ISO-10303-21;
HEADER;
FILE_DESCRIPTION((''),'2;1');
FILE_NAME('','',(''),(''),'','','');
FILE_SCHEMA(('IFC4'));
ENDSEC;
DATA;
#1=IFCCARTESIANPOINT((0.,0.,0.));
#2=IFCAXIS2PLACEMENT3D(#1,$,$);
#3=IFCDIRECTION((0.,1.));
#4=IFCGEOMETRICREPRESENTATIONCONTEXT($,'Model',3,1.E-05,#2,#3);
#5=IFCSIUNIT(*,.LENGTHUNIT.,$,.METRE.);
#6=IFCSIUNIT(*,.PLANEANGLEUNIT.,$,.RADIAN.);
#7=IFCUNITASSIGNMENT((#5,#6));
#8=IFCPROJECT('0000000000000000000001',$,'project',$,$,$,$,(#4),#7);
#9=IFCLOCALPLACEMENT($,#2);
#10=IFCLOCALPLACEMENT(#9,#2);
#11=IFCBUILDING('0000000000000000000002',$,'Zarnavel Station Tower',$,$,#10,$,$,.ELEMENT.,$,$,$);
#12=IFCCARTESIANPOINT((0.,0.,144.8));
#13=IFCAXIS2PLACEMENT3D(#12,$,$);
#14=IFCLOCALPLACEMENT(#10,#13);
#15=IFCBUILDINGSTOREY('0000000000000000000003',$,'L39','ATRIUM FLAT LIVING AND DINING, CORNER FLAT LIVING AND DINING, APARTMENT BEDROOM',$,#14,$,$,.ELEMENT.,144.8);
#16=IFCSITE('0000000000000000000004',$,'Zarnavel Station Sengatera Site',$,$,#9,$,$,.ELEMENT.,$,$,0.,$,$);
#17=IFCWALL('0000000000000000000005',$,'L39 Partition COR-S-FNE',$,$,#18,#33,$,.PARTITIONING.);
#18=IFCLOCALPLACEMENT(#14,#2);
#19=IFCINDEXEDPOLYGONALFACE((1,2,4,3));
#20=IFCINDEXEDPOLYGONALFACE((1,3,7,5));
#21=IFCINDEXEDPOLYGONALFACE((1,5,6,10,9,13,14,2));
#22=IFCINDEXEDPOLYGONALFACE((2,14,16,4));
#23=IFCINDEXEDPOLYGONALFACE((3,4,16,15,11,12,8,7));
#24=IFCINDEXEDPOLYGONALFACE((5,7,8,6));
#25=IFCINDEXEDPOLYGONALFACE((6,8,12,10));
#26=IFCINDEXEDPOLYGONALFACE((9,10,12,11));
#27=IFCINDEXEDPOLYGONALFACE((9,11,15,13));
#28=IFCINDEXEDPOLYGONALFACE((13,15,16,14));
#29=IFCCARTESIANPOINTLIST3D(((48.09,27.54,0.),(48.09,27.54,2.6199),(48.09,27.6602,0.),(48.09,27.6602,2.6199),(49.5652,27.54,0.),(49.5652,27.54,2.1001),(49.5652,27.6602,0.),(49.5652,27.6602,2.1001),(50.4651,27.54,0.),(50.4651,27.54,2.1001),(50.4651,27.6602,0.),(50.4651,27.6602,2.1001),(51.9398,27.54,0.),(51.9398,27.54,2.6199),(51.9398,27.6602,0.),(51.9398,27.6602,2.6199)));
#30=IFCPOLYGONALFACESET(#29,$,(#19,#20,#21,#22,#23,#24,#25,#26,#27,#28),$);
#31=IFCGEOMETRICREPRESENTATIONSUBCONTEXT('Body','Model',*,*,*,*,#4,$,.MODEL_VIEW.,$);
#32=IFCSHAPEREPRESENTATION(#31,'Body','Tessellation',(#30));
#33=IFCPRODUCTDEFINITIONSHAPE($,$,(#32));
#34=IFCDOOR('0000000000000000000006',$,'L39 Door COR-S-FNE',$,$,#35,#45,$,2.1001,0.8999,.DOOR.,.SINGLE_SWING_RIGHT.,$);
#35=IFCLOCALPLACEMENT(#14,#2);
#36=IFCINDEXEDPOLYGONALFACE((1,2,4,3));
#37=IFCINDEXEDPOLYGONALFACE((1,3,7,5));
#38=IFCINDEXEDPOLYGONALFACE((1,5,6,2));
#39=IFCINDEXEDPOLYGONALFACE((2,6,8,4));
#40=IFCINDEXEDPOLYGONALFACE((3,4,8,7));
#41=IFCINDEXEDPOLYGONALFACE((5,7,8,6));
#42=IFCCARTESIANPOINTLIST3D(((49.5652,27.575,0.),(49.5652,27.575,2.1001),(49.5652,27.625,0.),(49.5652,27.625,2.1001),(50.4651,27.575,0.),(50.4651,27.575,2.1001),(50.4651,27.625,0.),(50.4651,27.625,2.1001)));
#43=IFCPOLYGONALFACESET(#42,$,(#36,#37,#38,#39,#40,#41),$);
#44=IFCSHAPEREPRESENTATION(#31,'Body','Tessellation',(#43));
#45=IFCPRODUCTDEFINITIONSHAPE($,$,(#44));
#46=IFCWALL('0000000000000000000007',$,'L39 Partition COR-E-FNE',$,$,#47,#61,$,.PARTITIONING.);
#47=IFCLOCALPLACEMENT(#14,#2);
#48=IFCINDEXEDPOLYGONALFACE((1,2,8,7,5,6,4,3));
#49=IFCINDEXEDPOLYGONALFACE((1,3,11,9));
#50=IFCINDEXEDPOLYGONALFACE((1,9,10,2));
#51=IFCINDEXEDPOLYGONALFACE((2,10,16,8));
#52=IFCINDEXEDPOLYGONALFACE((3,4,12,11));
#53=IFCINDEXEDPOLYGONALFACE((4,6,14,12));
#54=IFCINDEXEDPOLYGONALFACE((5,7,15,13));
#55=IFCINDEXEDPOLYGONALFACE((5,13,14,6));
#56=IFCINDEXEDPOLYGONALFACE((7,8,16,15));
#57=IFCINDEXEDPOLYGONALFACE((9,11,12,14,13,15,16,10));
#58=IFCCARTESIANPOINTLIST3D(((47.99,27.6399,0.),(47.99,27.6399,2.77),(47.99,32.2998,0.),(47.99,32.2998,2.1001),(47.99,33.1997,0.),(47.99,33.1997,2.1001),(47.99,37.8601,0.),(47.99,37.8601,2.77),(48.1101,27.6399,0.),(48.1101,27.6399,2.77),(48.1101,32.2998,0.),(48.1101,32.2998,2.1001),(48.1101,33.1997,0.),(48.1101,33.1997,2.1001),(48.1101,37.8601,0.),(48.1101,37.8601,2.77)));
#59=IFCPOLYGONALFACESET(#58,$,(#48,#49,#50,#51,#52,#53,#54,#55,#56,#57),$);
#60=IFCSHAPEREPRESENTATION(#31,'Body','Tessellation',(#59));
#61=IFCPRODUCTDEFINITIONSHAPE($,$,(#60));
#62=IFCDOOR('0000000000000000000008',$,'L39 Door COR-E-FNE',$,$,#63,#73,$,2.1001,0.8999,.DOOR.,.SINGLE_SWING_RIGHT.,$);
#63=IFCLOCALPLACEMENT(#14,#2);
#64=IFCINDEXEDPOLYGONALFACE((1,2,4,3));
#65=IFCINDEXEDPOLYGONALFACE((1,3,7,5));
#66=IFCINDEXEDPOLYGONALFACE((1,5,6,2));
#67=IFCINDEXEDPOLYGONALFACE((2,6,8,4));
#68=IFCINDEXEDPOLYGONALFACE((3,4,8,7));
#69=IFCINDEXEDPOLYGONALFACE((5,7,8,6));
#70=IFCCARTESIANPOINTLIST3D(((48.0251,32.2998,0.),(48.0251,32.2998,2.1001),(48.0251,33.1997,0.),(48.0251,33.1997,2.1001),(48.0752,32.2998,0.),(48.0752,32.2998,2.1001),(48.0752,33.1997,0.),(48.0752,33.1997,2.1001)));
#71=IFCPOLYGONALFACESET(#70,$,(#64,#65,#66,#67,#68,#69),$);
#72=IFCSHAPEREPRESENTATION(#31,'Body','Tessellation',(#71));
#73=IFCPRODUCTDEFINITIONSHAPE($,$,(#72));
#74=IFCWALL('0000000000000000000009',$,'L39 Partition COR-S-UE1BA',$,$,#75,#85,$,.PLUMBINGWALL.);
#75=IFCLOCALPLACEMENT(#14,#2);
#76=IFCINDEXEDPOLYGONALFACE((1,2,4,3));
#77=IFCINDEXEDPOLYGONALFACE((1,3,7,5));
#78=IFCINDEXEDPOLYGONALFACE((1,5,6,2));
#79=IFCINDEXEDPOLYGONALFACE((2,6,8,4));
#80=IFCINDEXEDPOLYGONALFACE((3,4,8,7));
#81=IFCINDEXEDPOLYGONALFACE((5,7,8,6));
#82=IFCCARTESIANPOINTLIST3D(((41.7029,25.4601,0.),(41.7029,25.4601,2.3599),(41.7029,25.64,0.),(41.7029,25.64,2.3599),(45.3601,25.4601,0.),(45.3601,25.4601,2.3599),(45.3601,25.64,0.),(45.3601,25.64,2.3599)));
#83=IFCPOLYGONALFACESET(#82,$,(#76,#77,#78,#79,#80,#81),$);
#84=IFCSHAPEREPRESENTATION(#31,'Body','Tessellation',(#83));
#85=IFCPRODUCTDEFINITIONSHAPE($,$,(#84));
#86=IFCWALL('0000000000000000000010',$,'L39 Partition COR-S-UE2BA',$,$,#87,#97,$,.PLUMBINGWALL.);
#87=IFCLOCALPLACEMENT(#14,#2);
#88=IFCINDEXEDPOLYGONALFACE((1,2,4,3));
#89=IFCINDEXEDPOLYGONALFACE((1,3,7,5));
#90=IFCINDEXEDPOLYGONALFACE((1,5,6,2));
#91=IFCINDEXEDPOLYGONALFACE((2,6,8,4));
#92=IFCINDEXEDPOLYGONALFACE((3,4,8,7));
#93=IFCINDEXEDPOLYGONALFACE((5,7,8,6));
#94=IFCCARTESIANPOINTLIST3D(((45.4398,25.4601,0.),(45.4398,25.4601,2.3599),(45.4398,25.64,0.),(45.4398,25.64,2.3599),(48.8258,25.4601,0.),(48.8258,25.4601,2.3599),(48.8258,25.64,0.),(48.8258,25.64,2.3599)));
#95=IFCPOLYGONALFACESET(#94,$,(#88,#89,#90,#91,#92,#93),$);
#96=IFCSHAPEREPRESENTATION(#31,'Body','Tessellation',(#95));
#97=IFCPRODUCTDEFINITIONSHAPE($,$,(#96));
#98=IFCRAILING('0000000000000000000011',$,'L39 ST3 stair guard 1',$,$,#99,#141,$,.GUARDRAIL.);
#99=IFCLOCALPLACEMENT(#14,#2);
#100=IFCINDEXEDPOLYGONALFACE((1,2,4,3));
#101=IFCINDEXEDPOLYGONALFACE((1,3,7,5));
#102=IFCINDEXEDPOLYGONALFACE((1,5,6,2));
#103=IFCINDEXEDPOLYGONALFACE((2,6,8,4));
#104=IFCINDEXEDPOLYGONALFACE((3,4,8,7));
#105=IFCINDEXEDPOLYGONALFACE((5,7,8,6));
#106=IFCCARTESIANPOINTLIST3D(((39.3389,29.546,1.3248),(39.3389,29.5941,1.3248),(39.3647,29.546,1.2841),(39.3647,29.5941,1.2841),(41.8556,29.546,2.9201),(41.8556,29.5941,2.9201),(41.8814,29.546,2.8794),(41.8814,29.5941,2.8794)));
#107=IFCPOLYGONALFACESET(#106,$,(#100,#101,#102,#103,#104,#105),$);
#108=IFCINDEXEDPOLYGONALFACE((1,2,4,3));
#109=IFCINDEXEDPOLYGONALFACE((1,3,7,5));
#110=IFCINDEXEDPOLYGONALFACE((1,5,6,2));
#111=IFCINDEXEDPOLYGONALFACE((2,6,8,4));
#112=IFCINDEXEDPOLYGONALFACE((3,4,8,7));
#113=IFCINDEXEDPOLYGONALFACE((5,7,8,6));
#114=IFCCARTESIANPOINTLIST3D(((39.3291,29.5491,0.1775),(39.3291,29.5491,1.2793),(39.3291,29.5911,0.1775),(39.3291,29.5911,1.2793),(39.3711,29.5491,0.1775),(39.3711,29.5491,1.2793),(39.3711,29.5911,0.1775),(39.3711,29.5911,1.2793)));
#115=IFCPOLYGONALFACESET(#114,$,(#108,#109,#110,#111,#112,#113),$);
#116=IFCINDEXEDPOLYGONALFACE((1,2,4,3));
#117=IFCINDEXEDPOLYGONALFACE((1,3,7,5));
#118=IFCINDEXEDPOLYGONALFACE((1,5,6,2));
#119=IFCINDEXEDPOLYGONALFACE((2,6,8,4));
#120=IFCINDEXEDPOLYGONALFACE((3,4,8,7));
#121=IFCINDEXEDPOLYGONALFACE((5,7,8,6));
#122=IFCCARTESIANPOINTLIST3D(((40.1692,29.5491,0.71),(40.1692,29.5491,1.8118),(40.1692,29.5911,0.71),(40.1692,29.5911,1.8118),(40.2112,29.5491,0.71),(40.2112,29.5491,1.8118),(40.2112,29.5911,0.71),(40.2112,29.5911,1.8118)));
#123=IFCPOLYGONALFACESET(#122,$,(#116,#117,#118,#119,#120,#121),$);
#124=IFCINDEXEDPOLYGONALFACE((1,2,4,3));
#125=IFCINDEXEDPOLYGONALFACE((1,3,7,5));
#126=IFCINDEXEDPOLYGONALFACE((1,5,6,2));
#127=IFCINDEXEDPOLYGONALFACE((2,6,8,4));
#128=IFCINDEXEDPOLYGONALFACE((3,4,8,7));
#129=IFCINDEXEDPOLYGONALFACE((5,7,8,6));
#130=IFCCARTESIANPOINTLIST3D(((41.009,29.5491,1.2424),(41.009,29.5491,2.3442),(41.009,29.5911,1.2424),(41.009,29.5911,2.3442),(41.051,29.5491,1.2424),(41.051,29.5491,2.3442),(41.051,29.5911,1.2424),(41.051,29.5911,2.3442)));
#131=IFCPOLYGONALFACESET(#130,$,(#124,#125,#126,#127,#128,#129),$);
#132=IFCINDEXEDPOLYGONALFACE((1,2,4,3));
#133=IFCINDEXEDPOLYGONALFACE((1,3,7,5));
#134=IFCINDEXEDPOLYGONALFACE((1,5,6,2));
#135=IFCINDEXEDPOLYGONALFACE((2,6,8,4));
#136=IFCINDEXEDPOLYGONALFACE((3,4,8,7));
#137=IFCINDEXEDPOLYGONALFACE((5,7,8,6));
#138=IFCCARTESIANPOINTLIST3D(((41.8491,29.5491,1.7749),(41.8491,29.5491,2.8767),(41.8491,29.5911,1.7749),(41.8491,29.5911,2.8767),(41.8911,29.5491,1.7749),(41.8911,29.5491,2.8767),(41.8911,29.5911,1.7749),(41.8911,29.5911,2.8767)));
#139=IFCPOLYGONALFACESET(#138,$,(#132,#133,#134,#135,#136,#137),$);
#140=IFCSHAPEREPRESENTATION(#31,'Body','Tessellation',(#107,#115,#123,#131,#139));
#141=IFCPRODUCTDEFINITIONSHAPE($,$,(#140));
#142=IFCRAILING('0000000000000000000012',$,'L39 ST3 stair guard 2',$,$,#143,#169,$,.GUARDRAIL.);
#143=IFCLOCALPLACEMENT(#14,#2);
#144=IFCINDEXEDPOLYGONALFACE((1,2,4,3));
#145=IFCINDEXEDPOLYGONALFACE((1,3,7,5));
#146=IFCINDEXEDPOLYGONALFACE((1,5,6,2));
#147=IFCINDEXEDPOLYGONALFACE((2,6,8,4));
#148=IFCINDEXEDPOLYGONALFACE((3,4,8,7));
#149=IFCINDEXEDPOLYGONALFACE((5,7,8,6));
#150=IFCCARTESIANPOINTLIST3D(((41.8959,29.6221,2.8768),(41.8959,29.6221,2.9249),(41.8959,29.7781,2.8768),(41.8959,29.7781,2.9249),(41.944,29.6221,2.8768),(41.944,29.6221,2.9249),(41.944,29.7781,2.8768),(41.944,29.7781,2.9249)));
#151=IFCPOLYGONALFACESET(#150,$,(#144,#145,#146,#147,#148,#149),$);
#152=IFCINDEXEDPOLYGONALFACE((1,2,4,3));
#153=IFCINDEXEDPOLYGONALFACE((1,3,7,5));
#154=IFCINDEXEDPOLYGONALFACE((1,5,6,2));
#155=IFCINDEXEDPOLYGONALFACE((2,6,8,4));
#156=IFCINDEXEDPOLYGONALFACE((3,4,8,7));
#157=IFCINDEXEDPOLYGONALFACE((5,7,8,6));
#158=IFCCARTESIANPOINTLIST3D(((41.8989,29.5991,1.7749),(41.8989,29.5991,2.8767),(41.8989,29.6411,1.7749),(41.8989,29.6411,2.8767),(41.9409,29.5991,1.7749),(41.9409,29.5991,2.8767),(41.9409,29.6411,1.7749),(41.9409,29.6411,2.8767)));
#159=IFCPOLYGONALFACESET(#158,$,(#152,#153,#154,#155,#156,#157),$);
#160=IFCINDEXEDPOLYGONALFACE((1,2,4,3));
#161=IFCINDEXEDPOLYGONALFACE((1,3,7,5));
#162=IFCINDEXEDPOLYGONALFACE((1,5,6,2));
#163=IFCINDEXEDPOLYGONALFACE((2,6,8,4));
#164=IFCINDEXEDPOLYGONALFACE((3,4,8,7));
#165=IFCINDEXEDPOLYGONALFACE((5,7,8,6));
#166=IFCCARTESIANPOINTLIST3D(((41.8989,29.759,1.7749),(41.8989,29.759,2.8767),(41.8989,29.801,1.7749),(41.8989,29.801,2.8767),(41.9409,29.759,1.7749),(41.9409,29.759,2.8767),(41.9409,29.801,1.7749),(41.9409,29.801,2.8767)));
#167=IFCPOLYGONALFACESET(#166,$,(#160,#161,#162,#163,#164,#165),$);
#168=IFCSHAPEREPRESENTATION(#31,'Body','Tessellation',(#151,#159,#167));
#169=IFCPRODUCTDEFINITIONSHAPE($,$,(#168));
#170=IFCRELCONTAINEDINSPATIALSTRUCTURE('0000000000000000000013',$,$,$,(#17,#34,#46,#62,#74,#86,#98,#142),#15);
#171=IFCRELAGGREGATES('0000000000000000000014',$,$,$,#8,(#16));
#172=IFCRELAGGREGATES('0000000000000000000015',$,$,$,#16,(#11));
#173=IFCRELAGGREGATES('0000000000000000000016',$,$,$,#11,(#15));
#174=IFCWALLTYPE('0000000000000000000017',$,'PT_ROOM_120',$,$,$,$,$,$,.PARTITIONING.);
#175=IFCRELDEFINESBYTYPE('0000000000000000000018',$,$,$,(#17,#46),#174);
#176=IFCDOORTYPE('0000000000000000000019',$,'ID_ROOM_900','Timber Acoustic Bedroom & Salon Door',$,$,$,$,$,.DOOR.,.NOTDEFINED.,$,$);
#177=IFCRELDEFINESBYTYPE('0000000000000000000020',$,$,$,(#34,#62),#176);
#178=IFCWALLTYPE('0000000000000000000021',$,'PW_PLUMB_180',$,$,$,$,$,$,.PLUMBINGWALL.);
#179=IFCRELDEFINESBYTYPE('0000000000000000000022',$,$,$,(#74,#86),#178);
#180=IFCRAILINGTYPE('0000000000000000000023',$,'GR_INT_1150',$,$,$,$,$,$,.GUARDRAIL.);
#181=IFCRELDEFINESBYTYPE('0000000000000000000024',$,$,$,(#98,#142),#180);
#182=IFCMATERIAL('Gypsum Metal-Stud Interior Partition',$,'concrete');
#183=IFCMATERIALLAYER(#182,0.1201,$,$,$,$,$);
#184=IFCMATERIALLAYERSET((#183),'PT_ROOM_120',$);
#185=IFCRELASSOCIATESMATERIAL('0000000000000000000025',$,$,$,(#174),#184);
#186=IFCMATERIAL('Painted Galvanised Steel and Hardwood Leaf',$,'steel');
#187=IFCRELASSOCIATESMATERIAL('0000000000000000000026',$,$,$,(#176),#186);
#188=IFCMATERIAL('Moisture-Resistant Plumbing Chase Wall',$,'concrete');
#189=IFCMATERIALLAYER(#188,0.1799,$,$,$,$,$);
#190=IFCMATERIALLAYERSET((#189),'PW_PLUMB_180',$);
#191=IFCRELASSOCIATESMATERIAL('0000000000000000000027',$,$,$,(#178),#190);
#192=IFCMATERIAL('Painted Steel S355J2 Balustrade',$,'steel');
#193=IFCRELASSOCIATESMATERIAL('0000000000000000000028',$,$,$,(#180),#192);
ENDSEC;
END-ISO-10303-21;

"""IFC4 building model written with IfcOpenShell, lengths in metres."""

from ifc_helpers import new_model, si_unit, direction, frame, frame_2d, origin, origin_2d, place, context, subcontext, project, spatial, rectangle, extrude, material, layer, layer_set, type_object, element, fill, save


model = new_model("IFC4")

# Units and contexts
model_context = context("Model", 3, precision=1e-05, world=origin(), true_north=direction((0.0, 1.0)))
body_context = subcontext(model_context, "Body", "Model", "MODEL_VIEW")
ifc_project = project(units=[si_unit("LENGTHUNIT", "METRE"), si_unit("PLANEANGLEUNIT", "RADIAN")], contexts=[model_context])

# Site, building, storey
site_placement = place(None, origin())
site = spatial("IfcSite", under=ifc_project, at=site_placement, Name="Zarnavel Station Sengatera Site", CompositionType="ELEMENT", RefElevation=0.0)
building_placement = place(site_placement, origin())
building = spatial("IfcBuilding", under=site, at=building_placement, Name="Zarnavel Station Tower", CompositionType="ELEMENT")
storey_placement = place(building_placement, frame((0.0, 0.0, 144.8)))
storey = spatial("IfcBuildingStorey", under=building, at=storey_placement, Name="L39", Description="ATRIUM FLAT LIVING AND DINING, CORNER FLAT LIVING AND DINING, APARTMENT BEDROOM", CompositionType="ELEMENT", Elevation=144.8)

# Walls, openings, doors
ifc_material_1 = material(Name="Gypsum Metal-Stud Interior Partition", Category="concrete")
ifc_layer_1 = layer(ifc_material_1, 0.1201)
ifc_layer_set_1 = layer_set([ifc_layer_1], Name="PT_ROOM_120")
wall_type_1 = type_object("IfcWallType", Name="PT_ROOM_120", PredefinedType="PARTITIONING", material=ifc_layer_set_1)
wall_1_placement = place(storey_placement, frame((48.0901, 27.6001, 0.0), z_axis=(0.0, 0.0, 1.0), x_axis=(1.0, 0.0, 0.0)))
wall_1 = element("IfcWall", 1, at=wall_1_placement, inside=storey, type_object=wall_type_1, Name="L39 Partition COR-S-FNE", PredefinedType="PARTITIONING", context=body_context, shape_type="SweptSolid", body=[
    extrude(rectangle(XDim=3.8499, YDim=0.1201, at=frame_2d((1.9248, 0.0))), origin(), (0.0, 0.0, 1.0), 2.6199),
])
opening_1_placement = place(wall_1_placement, frame((1.4751, 0.0, 0.0)))
opening_1 = element("IfcOpeningElement", 2, at=opening_1_placement, cuts=wall_1, PredefinedType="OPENING", context=body_context, shape_type="SweptSolid", body=[
    extrude(rectangle(XDim=0.8999, YDim=2.1001, at=frame_2d((0.45, 1.05))), frame((0.0, 0.0701, 0.0), z_axis=(0.0, -1.0, 0.0), x_axis=(1.0, 0.0, 0.0)), (0.0, 0.0, 1.0), 0.1401),
])
ifc_material_2 = material(Name="Painted Galvanised Steel and Hardwood Leaf", Category="steel")
door_type_1 = type_object("IfcDoorType", Name="ID_ROOM_900", Description="Timber Acoustic Bedroom & Salon Door", OperationType="NOTDEFINED", PredefinedType="DOOR", material=ifc_material_2)
door_1_placement = place(opening_1_placement, origin())
door_1 = element("IfcDoor", 3, at=door_1_placement, inside=storey, type_object=door_type_1, Name="L39 Door COR-S-FNE", OperationType="SINGLE_SWING_RIGHT", OverallHeight=2.1001, OverallWidth=0.8999, PredefinedType="DOOR", context=body_context, shape_type="SweptSolid", body=[
    extrude(rectangle(XDim=0.8999, YDim=2.1001, at=frame_2d((0.45, 1.05))), frame((0.0, 0.0249, 0.0), z_axis=(0.0, -1.0, 0.0), x_axis=(1.0, 0.0, 0.0)), (0.0, 0.0, 1.0), 0.05),
])
fill(opening_1, door_1)
wall_2_placement = place(storey_placement, frame((48.05, 27.6399, 0.0), z_axis=(0.0, 0.0, 1.0), x_axis=(0.0, 1.0, 0.0)))
wall_2 = element("IfcWall", 4, at=wall_2_placement, inside=storey, type_object=wall_type_1, Name="L39 Partition COR-E-FNE", PredefinedType="PARTITIONING", context=body_context, shape_type="SweptSolid", body=[
    extrude(rectangle(XDim=10.2202, YDim=0.1201, at=frame_2d((5.1101, 0.0))), origin(), (0.0, 0.0, 1.0), 2.77),
])
opening_2_placement = place(wall_2_placement, frame((4.6599, 0.0, 0.0)))
opening_2 = element("IfcOpeningElement", 5, at=opening_2_placement, cuts=wall_2, PredefinedType="OPENING", context=body_context, shape_type="SweptSolid", body=[
    extrude(rectangle(XDim=0.8999, YDim=2.1001, at=frame_2d((0.45, 1.05))), frame((0.0, 0.0701, 0.0), z_axis=(0.0, -1.0, 0.0), x_axis=(1.0, 0.0, 0.0)), (0.0, 0.0, 1.0), 0.1401),
])
door_2_placement = place(opening_2_placement, origin())
door_2 = element("IfcDoor", 6, at=door_2_placement, inside=storey, type_object=door_type_1, Name="L39 Door COR-E-FNE", OperationType="SINGLE_SWING_RIGHT", OverallHeight=2.1001, OverallWidth=0.8999, PredefinedType="DOOR", context=body_context, shape_type="SweptSolid", body=[
    extrude(rectangle(XDim=0.8999, YDim=2.1001, at=frame_2d((0.45, 1.05))), frame((0.0, 0.0249, 0.0), z_axis=(0.0, -1.0, 0.0), x_axis=(1.0, 0.0, 0.0)), (0.0, 0.0, 1.0), 0.05),
])
fill(opening_2, door_2)

# Walls
ifc_material_3 = material(Name="Moisture-Resistant Plumbing Chase Wall", Category="concrete")
ifc_layer_2 = layer(ifc_material_3, 0.1799)
ifc_layer_set_2 = layer_set([ifc_layer_2], Name="PW_PLUMB_180")
wall_type_2 = type_object("IfcWallType", Name="PW_PLUMB_180", PredefinedType="PLUMBINGWALL", material=ifc_layer_set_2)
wall_3_placement = place(storey_placement, frame((41.7029, 25.55, 0.0), z_axis=(0.0, 0.0, 1.0), x_axis=(1.0, 0.0, 0.0)))
element("IfcWall", 7, at=wall_3_placement, inside=storey, type_object=wall_type_2, Name="L39 Partition COR-S-UE1BA", PredefinedType="PLUMBINGWALL", context=body_context, shape_type="SweptSolid", body=[
    extrude(rectangle(XDim=3.6572, YDim=0.1799, at=frame_2d((1.8286, 0.0))), origin(), (0.0, 0.0, 1.0), 2.3599),
])
wall_4_placement = place(storey_placement, frame((45.4399, 25.55, 0.0), z_axis=(0.0, 0.0, 1.0), x_axis=(1.0, 0.0, 0.0)))
element("IfcWall", 8, at=wall_4_placement, inside=storey, type_object=wall_type_2, Name="L39 Partition COR-S-UE2BA", PredefinedType="PLUMBINGWALL", context=body_context, shape_type="SweptSolid", body=[
    extrude(rectangle(XDim=3.386, YDim=0.1799, at=frame_2d((1.6929, 0.0))), origin(), (0.0, 0.0, 1.0), 2.3599),
])

# Railings
ifc_material_4 = material(Name="Painted Steel S355J2 Balustrade", Category="steel")
railing_type = type_object("IfcRailingType", Name="GR_INT_1150", PredefinedType="GUARDRAIL", material=ifc_material_4)
railing_1_placement = place(storey_placement, frame((39.3501, 29.5701, 0.1775)))
element("IfcRailing", 9, at=railing_1_placement, inside=storey, type_object=railing_type, Name="L39 ST3 stair guard 1", PredefinedType="GUARDRAIL", context=body_context, shape_type="SweptSolid", body=[
    extrude(rectangle(XDim=0.0481, YDim=0.0481, at=origin_2d()), frame((0.0017, 0.0, 1.127), z_axis=(0.844607, 0.0, 0.535387), x_axis=(0.0, 1.0, 0.0)), (0.0, 0.0, 1.0), 2.9797),
    extrude(rectangle(XDim=0.042, YDim=0.042, at=origin_2d()), origin(), (0.0, 0.0, 1.0), 1.1018),
    extrude(rectangle(XDim=0.042, YDim=0.042, at=origin_2d()), frame((0.8401, 0.0, 0.5325)), (0.0, 0.0, 1.0), 1.1018),
    extrude(rectangle(XDim=0.042, YDim=0.042, at=origin_2d()), frame((1.6799, 0.0, 1.0649)), (0.0, 0.0, 1.0), 1.1018),
    extrude(rectangle(XDim=0.042, YDim=0.042, at=origin_2d()), frame((2.52, 0.0, 1.5974)), (0.0, 0.0, 1.0), 1.1018),
])
railing_2_placement = place(storey_placement, frame((41.9199, 29.6201, 1.7749)))
element("IfcRailing", 10, at=railing_2_placement, inside=storey, type_object=railing_type, Name="L39 ST3 stair guard 2", PredefinedType="GUARDRAIL", context=body_context, shape_type="SweptSolid", body=[
    extrude(rectangle(XDim=0.0481, YDim=0.0481, at=origin_2d()), frame((0.0, 0.002, 1.126), z_axis=(0.0, 1.0, 0.0), x_axis=(-1.0, 0.0, 0.0)), (0.0, 0.0, 1.0), 0.156),
    extrude(rectangle(XDim=0.042, YDim=0.042, at=origin_2d()), origin(), (0.0, 0.0, 1.0), 1.1018),
    extrude(rectangle(XDim=0.042, YDim=0.042, at=origin_2d()), frame((0.0, 0.1599, 0.0)), (0.0, 0.0, 1.0), 1.1018),
])

save(model, "model.ifc")
